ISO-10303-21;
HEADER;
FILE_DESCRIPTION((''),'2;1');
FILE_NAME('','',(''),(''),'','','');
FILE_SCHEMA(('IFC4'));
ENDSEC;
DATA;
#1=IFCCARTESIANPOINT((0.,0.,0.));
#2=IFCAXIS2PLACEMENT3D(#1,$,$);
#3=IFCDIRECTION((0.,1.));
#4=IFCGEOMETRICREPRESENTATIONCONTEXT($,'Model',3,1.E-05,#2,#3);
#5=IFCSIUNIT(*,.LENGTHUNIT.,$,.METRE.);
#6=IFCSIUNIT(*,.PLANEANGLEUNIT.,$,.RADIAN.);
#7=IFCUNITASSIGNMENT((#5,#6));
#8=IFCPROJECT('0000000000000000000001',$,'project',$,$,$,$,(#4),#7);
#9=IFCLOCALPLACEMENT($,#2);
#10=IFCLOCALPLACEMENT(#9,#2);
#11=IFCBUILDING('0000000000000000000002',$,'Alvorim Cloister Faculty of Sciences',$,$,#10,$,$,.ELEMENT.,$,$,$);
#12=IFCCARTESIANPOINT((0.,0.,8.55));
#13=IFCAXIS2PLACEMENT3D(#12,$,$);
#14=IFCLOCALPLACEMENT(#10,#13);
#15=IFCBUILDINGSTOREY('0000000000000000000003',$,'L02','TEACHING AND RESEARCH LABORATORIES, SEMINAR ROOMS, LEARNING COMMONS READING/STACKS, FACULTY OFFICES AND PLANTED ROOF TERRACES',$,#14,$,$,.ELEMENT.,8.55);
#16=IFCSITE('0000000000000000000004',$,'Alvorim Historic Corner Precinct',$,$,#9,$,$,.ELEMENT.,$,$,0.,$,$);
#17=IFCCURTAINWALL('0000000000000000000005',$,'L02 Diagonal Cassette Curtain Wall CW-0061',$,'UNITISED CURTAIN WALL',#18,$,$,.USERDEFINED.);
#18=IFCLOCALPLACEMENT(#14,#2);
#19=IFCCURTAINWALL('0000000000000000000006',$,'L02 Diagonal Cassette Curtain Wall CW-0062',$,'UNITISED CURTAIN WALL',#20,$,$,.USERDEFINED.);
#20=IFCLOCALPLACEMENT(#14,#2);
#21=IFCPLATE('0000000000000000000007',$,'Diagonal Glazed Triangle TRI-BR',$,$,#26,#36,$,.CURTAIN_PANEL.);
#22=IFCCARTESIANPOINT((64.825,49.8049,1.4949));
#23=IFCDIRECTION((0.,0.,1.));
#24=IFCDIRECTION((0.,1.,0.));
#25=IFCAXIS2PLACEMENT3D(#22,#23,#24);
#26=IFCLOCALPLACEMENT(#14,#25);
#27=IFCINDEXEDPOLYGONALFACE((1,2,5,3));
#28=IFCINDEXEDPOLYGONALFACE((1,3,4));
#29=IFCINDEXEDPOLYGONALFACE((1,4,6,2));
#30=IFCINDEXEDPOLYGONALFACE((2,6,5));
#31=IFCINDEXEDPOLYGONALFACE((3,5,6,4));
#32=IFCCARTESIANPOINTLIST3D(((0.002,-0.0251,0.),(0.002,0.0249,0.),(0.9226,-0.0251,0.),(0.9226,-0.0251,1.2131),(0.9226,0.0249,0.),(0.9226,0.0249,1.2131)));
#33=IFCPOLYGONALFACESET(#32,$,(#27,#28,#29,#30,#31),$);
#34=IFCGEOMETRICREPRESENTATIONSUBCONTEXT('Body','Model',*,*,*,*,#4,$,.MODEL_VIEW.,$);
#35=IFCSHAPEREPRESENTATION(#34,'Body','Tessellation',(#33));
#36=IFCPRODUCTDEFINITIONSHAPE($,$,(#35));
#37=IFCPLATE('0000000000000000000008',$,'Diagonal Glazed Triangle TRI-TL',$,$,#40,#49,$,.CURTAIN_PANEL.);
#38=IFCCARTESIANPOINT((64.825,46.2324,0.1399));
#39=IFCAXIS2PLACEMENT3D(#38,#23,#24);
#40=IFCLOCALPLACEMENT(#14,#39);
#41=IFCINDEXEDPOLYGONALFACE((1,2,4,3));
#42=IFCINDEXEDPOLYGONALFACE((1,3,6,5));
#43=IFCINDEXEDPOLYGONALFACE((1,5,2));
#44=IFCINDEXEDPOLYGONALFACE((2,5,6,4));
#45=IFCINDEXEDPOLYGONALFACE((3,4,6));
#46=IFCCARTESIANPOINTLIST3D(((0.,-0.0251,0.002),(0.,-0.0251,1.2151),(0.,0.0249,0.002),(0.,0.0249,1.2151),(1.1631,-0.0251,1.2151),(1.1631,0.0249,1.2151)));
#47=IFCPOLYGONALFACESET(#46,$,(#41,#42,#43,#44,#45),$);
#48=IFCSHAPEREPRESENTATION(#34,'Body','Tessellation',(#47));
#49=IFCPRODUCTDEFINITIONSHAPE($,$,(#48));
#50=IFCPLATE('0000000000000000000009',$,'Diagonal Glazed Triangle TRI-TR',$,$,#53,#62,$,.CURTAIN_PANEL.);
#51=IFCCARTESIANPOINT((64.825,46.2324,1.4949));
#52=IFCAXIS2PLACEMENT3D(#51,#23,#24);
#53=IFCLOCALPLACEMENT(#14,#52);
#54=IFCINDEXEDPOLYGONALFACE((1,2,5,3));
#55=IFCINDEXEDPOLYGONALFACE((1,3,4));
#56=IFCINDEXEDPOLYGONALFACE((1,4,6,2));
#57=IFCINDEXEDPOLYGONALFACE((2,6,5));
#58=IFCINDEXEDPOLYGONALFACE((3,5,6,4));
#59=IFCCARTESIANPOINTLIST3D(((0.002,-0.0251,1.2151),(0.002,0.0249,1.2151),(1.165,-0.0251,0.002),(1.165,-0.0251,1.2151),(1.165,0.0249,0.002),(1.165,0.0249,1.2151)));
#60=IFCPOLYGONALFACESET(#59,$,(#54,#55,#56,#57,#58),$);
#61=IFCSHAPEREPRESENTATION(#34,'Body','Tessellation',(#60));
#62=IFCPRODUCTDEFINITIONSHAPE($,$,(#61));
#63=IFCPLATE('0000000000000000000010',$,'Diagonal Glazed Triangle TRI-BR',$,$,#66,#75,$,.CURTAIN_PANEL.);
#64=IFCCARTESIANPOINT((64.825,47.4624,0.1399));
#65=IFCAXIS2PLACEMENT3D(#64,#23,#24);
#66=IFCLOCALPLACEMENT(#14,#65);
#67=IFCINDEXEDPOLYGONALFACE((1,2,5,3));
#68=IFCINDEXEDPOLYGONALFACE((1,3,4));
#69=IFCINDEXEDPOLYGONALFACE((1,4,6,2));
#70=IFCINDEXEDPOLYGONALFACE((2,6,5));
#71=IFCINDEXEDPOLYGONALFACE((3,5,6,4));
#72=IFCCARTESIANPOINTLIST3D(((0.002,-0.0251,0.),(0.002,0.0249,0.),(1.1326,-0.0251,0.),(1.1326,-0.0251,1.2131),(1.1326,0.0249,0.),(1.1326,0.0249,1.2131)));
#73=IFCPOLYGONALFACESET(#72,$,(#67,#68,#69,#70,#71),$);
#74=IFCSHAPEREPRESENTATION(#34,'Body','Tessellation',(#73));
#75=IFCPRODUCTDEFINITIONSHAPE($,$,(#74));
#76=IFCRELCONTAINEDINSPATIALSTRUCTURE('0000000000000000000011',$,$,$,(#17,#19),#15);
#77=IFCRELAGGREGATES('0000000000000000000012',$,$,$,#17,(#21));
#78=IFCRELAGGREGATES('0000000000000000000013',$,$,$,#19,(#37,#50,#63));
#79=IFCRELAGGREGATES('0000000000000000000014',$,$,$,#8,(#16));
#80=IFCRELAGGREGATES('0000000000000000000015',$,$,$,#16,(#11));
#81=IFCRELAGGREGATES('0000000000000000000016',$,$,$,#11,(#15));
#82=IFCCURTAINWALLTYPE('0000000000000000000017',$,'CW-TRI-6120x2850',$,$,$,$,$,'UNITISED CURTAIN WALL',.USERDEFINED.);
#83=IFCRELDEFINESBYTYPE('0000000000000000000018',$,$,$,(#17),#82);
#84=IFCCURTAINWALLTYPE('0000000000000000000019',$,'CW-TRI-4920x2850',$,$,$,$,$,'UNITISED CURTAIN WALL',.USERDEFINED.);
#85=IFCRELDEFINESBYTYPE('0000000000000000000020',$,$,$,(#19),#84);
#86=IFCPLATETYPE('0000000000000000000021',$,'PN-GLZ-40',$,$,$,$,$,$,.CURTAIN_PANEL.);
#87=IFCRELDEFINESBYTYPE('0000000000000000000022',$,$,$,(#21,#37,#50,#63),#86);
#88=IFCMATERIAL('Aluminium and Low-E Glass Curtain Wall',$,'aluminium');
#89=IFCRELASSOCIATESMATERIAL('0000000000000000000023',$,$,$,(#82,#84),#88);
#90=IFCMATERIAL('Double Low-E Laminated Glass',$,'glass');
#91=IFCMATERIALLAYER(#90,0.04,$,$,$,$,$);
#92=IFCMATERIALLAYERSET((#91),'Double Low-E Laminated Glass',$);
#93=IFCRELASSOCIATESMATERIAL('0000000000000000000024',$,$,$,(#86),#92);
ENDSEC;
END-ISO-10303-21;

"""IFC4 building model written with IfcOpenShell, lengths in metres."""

from ifc_helpers import new_model, si_unit, direction, frame, origin, place, context, subcontext, project, spatial, polyline, outline, extrude, material, layer, layer_set, type_object, element, aggregate, save


model = new_model("IFC4")

# Units and contexts
model_context = context("Model", 3, precision=1e-05, world=origin(), true_north=direction((0.0, 1.0)))
body_context = subcontext(model_context, "Body", "Model", "MODEL_VIEW")
ifc_project = project(units=[si_unit("LENGTHUNIT", "METRE"), si_unit("PLANEANGLEUNIT", "RADIAN")], contexts=[model_context])

# Site, building, storey
site_placement = place(None, origin())
site = spatial("IfcSite", under=ifc_project, at=site_placement, Name="Alvorim Historic Corner Precinct", CompositionType="ELEMENT", RefElevation=0.0)
building_placement = place(site_placement, origin())
building = spatial("IfcBuilding", under=site, at=building_placement, Name="Alvorim Cloister Faculty of Sciences", CompositionType="ELEMENT")
storey_placement = place(building_placement, frame((0.0, 0.0, 8.55)))
storey = spatial("IfcBuildingStorey", under=building, at=storey_placement, Name="L02", Description="TEACHING AND RESEARCH LABORATORIES, SEMINAR ROOMS, LEARNING COMMONS READING/STACKS, FACULTY OFFICES AND PLANTED ROOF TERRACES", CompositionType="ELEMENT", Elevation=8.55)

# Curtain walls
ifc_material_1 = material(Name="Aluminium and Low-E Glass Curtain Wall", Category="aluminium")
curtain_wall_type_1 = type_object("IfcCurtainWallType", Name="CW-TRI-6120x2850", ElementType="UNITISED CURTAIN WALL", PredefinedType="USERDEFINED", material=ifc_material_1)
curtain_wall_1_placement = place(storey_placement, origin())
curtain_wall_1 = element("IfcCurtainWall", 1, at=curtain_wall_1_placement, inside=storey, type_object=curtain_wall_type_1, Name="L02 Diagonal Cassette Curtain Wall CW-0061", ObjectType="UNITISED CURTAIN WALL", PredefinedType="USERDEFINED")
curtain_wall_type_2 = type_object("IfcCurtainWallType", Name="CW-TRI-4920x2850", ElementType="UNITISED CURTAIN WALL", PredefinedType="USERDEFINED", material=ifc_material_1)
curtain_wall_2_placement = place(storey_placement, origin())
curtain_wall_2 = element("IfcCurtainWall", 2, at=curtain_wall_2_placement, inside=storey, type_object=curtain_wall_type_2, Name="L02 Diagonal Cassette Curtain Wall CW-0062", ObjectType="UNITISED CURTAIN WALL", PredefinedType="USERDEFINED")

# Plates
ifc_material_2 = material(Name="Double Low-E Laminated Glass", Category="glass")
ifc_layer_1 = layer(ifc_material_2, 0.04)
ifc_layer_set_1 = layer_set([ifc_layer_1], Name="Double Low-E Laminated Glass")
plate_type = type_object("IfcPlateType", Name="PN-GLZ-40", PredefinedType="CURTAIN_PANEL", material=ifc_layer_set_1)
plate_1_placement = place(storey_placement, frame((64.825, 49.8049, 1.4949), z_axis=(0.0, 0.0, 1.0), x_axis=(0.0, 1.0, 0.0)))
plate_1 = element("IfcPlate", 3, at=plate_1_placement, type_object=plate_type, Name="Diagonal Glazed Triangle TRI-BR", PredefinedType="CURTAIN_PANEL", context=body_context, shape_type="SweptSolid", body=[
    extrude(outline(polyline([(0.002, 0.0), (0.9226, 0.0), (0.9226, 1.2131), (0.002, 0.0)])), frame((0.0, 0.0249, 0.0), z_axis=(0.0, -1.0, 0.0), x_axis=(1.0, 0.0, 0.0)), (0.0, 0.0, 1.0), 0.05),
])
aggregate(curtain_wall_1, [plate_1])
plate_2_placement = place(storey_placement, frame((64.825, 46.2324, 0.1399), z_axis=(0.0, 0.0, 1.0), x_axis=(0.0, 1.0, 0.0)))
plate_2 = element("IfcPlate", 4, at=plate_2_placement, type_object=plate_type, Name="Diagonal Glazed Triangle TRI-TL", PredefinedType="CURTAIN_PANEL", context=body_context, shape_type="SweptSolid", body=[
    extrude(outline(polyline([(1.1631, 1.2151), (0.0, 1.2151), (0.0, 0.002), (1.1631, 1.2151)])), frame((0.0, 0.0249, 0.0), z_axis=(0.0, -1.0, 0.0), x_axis=(1.0, 0.0, 0.0)), (0.0, 0.0, 1.0), 0.05),
])
plate_3_placement = place(storey_placement, frame((64.825, 46.2324, 1.4949), z_axis=(0.0, 0.0, 1.0), x_axis=(0.0, 1.0, 0.0)))
plate_3 = element("IfcPlate", 5, at=plate_3_placement, type_object=plate_type, Name="Diagonal Glazed Triangle TRI-TR", PredefinedType="CURTAIN_PANEL", context=body_context, shape_type="SweptSolid", body=[
    extrude(outline(polyline([(1.165, 0.002), (1.165, 1.2151), (0.002, 1.2151), (1.165, 0.002)])), frame((0.0, 0.0249, 0.0), z_axis=(0.0, -1.0, 0.0), x_axis=(1.0, 0.0, 0.0)), (0.0, 0.0, 1.0), 0.05),
])
plate_4_placement = place(storey_placement, frame((64.825, 47.4624, 0.1399), z_axis=(0.0, 0.0, 1.0), x_axis=(0.0, 1.0, 0.0)))
plate_4 = element("IfcPlate", 6, at=plate_4_placement, type_object=plate_type, Name="Diagonal Glazed Triangle TRI-BR", PredefinedType="CURTAIN_PANEL", context=body_context, shape_type="SweptSolid", body=[
    extrude(outline(polyline([(0.002, 0.0), (1.1326, 0.0), (1.1326, 1.2131), (0.002, 0.0)])), frame((0.0, 0.0249, 0.0), z_axis=(0.0, -1.0, 0.0), x_axis=(1.0, 0.0, 0.0)), (0.0, 0.0, 1.0), 0.05),
])
aggregate(curtain_wall_2, [plate_2, plate_3, plate_4])

save(model, "model.ifc")
